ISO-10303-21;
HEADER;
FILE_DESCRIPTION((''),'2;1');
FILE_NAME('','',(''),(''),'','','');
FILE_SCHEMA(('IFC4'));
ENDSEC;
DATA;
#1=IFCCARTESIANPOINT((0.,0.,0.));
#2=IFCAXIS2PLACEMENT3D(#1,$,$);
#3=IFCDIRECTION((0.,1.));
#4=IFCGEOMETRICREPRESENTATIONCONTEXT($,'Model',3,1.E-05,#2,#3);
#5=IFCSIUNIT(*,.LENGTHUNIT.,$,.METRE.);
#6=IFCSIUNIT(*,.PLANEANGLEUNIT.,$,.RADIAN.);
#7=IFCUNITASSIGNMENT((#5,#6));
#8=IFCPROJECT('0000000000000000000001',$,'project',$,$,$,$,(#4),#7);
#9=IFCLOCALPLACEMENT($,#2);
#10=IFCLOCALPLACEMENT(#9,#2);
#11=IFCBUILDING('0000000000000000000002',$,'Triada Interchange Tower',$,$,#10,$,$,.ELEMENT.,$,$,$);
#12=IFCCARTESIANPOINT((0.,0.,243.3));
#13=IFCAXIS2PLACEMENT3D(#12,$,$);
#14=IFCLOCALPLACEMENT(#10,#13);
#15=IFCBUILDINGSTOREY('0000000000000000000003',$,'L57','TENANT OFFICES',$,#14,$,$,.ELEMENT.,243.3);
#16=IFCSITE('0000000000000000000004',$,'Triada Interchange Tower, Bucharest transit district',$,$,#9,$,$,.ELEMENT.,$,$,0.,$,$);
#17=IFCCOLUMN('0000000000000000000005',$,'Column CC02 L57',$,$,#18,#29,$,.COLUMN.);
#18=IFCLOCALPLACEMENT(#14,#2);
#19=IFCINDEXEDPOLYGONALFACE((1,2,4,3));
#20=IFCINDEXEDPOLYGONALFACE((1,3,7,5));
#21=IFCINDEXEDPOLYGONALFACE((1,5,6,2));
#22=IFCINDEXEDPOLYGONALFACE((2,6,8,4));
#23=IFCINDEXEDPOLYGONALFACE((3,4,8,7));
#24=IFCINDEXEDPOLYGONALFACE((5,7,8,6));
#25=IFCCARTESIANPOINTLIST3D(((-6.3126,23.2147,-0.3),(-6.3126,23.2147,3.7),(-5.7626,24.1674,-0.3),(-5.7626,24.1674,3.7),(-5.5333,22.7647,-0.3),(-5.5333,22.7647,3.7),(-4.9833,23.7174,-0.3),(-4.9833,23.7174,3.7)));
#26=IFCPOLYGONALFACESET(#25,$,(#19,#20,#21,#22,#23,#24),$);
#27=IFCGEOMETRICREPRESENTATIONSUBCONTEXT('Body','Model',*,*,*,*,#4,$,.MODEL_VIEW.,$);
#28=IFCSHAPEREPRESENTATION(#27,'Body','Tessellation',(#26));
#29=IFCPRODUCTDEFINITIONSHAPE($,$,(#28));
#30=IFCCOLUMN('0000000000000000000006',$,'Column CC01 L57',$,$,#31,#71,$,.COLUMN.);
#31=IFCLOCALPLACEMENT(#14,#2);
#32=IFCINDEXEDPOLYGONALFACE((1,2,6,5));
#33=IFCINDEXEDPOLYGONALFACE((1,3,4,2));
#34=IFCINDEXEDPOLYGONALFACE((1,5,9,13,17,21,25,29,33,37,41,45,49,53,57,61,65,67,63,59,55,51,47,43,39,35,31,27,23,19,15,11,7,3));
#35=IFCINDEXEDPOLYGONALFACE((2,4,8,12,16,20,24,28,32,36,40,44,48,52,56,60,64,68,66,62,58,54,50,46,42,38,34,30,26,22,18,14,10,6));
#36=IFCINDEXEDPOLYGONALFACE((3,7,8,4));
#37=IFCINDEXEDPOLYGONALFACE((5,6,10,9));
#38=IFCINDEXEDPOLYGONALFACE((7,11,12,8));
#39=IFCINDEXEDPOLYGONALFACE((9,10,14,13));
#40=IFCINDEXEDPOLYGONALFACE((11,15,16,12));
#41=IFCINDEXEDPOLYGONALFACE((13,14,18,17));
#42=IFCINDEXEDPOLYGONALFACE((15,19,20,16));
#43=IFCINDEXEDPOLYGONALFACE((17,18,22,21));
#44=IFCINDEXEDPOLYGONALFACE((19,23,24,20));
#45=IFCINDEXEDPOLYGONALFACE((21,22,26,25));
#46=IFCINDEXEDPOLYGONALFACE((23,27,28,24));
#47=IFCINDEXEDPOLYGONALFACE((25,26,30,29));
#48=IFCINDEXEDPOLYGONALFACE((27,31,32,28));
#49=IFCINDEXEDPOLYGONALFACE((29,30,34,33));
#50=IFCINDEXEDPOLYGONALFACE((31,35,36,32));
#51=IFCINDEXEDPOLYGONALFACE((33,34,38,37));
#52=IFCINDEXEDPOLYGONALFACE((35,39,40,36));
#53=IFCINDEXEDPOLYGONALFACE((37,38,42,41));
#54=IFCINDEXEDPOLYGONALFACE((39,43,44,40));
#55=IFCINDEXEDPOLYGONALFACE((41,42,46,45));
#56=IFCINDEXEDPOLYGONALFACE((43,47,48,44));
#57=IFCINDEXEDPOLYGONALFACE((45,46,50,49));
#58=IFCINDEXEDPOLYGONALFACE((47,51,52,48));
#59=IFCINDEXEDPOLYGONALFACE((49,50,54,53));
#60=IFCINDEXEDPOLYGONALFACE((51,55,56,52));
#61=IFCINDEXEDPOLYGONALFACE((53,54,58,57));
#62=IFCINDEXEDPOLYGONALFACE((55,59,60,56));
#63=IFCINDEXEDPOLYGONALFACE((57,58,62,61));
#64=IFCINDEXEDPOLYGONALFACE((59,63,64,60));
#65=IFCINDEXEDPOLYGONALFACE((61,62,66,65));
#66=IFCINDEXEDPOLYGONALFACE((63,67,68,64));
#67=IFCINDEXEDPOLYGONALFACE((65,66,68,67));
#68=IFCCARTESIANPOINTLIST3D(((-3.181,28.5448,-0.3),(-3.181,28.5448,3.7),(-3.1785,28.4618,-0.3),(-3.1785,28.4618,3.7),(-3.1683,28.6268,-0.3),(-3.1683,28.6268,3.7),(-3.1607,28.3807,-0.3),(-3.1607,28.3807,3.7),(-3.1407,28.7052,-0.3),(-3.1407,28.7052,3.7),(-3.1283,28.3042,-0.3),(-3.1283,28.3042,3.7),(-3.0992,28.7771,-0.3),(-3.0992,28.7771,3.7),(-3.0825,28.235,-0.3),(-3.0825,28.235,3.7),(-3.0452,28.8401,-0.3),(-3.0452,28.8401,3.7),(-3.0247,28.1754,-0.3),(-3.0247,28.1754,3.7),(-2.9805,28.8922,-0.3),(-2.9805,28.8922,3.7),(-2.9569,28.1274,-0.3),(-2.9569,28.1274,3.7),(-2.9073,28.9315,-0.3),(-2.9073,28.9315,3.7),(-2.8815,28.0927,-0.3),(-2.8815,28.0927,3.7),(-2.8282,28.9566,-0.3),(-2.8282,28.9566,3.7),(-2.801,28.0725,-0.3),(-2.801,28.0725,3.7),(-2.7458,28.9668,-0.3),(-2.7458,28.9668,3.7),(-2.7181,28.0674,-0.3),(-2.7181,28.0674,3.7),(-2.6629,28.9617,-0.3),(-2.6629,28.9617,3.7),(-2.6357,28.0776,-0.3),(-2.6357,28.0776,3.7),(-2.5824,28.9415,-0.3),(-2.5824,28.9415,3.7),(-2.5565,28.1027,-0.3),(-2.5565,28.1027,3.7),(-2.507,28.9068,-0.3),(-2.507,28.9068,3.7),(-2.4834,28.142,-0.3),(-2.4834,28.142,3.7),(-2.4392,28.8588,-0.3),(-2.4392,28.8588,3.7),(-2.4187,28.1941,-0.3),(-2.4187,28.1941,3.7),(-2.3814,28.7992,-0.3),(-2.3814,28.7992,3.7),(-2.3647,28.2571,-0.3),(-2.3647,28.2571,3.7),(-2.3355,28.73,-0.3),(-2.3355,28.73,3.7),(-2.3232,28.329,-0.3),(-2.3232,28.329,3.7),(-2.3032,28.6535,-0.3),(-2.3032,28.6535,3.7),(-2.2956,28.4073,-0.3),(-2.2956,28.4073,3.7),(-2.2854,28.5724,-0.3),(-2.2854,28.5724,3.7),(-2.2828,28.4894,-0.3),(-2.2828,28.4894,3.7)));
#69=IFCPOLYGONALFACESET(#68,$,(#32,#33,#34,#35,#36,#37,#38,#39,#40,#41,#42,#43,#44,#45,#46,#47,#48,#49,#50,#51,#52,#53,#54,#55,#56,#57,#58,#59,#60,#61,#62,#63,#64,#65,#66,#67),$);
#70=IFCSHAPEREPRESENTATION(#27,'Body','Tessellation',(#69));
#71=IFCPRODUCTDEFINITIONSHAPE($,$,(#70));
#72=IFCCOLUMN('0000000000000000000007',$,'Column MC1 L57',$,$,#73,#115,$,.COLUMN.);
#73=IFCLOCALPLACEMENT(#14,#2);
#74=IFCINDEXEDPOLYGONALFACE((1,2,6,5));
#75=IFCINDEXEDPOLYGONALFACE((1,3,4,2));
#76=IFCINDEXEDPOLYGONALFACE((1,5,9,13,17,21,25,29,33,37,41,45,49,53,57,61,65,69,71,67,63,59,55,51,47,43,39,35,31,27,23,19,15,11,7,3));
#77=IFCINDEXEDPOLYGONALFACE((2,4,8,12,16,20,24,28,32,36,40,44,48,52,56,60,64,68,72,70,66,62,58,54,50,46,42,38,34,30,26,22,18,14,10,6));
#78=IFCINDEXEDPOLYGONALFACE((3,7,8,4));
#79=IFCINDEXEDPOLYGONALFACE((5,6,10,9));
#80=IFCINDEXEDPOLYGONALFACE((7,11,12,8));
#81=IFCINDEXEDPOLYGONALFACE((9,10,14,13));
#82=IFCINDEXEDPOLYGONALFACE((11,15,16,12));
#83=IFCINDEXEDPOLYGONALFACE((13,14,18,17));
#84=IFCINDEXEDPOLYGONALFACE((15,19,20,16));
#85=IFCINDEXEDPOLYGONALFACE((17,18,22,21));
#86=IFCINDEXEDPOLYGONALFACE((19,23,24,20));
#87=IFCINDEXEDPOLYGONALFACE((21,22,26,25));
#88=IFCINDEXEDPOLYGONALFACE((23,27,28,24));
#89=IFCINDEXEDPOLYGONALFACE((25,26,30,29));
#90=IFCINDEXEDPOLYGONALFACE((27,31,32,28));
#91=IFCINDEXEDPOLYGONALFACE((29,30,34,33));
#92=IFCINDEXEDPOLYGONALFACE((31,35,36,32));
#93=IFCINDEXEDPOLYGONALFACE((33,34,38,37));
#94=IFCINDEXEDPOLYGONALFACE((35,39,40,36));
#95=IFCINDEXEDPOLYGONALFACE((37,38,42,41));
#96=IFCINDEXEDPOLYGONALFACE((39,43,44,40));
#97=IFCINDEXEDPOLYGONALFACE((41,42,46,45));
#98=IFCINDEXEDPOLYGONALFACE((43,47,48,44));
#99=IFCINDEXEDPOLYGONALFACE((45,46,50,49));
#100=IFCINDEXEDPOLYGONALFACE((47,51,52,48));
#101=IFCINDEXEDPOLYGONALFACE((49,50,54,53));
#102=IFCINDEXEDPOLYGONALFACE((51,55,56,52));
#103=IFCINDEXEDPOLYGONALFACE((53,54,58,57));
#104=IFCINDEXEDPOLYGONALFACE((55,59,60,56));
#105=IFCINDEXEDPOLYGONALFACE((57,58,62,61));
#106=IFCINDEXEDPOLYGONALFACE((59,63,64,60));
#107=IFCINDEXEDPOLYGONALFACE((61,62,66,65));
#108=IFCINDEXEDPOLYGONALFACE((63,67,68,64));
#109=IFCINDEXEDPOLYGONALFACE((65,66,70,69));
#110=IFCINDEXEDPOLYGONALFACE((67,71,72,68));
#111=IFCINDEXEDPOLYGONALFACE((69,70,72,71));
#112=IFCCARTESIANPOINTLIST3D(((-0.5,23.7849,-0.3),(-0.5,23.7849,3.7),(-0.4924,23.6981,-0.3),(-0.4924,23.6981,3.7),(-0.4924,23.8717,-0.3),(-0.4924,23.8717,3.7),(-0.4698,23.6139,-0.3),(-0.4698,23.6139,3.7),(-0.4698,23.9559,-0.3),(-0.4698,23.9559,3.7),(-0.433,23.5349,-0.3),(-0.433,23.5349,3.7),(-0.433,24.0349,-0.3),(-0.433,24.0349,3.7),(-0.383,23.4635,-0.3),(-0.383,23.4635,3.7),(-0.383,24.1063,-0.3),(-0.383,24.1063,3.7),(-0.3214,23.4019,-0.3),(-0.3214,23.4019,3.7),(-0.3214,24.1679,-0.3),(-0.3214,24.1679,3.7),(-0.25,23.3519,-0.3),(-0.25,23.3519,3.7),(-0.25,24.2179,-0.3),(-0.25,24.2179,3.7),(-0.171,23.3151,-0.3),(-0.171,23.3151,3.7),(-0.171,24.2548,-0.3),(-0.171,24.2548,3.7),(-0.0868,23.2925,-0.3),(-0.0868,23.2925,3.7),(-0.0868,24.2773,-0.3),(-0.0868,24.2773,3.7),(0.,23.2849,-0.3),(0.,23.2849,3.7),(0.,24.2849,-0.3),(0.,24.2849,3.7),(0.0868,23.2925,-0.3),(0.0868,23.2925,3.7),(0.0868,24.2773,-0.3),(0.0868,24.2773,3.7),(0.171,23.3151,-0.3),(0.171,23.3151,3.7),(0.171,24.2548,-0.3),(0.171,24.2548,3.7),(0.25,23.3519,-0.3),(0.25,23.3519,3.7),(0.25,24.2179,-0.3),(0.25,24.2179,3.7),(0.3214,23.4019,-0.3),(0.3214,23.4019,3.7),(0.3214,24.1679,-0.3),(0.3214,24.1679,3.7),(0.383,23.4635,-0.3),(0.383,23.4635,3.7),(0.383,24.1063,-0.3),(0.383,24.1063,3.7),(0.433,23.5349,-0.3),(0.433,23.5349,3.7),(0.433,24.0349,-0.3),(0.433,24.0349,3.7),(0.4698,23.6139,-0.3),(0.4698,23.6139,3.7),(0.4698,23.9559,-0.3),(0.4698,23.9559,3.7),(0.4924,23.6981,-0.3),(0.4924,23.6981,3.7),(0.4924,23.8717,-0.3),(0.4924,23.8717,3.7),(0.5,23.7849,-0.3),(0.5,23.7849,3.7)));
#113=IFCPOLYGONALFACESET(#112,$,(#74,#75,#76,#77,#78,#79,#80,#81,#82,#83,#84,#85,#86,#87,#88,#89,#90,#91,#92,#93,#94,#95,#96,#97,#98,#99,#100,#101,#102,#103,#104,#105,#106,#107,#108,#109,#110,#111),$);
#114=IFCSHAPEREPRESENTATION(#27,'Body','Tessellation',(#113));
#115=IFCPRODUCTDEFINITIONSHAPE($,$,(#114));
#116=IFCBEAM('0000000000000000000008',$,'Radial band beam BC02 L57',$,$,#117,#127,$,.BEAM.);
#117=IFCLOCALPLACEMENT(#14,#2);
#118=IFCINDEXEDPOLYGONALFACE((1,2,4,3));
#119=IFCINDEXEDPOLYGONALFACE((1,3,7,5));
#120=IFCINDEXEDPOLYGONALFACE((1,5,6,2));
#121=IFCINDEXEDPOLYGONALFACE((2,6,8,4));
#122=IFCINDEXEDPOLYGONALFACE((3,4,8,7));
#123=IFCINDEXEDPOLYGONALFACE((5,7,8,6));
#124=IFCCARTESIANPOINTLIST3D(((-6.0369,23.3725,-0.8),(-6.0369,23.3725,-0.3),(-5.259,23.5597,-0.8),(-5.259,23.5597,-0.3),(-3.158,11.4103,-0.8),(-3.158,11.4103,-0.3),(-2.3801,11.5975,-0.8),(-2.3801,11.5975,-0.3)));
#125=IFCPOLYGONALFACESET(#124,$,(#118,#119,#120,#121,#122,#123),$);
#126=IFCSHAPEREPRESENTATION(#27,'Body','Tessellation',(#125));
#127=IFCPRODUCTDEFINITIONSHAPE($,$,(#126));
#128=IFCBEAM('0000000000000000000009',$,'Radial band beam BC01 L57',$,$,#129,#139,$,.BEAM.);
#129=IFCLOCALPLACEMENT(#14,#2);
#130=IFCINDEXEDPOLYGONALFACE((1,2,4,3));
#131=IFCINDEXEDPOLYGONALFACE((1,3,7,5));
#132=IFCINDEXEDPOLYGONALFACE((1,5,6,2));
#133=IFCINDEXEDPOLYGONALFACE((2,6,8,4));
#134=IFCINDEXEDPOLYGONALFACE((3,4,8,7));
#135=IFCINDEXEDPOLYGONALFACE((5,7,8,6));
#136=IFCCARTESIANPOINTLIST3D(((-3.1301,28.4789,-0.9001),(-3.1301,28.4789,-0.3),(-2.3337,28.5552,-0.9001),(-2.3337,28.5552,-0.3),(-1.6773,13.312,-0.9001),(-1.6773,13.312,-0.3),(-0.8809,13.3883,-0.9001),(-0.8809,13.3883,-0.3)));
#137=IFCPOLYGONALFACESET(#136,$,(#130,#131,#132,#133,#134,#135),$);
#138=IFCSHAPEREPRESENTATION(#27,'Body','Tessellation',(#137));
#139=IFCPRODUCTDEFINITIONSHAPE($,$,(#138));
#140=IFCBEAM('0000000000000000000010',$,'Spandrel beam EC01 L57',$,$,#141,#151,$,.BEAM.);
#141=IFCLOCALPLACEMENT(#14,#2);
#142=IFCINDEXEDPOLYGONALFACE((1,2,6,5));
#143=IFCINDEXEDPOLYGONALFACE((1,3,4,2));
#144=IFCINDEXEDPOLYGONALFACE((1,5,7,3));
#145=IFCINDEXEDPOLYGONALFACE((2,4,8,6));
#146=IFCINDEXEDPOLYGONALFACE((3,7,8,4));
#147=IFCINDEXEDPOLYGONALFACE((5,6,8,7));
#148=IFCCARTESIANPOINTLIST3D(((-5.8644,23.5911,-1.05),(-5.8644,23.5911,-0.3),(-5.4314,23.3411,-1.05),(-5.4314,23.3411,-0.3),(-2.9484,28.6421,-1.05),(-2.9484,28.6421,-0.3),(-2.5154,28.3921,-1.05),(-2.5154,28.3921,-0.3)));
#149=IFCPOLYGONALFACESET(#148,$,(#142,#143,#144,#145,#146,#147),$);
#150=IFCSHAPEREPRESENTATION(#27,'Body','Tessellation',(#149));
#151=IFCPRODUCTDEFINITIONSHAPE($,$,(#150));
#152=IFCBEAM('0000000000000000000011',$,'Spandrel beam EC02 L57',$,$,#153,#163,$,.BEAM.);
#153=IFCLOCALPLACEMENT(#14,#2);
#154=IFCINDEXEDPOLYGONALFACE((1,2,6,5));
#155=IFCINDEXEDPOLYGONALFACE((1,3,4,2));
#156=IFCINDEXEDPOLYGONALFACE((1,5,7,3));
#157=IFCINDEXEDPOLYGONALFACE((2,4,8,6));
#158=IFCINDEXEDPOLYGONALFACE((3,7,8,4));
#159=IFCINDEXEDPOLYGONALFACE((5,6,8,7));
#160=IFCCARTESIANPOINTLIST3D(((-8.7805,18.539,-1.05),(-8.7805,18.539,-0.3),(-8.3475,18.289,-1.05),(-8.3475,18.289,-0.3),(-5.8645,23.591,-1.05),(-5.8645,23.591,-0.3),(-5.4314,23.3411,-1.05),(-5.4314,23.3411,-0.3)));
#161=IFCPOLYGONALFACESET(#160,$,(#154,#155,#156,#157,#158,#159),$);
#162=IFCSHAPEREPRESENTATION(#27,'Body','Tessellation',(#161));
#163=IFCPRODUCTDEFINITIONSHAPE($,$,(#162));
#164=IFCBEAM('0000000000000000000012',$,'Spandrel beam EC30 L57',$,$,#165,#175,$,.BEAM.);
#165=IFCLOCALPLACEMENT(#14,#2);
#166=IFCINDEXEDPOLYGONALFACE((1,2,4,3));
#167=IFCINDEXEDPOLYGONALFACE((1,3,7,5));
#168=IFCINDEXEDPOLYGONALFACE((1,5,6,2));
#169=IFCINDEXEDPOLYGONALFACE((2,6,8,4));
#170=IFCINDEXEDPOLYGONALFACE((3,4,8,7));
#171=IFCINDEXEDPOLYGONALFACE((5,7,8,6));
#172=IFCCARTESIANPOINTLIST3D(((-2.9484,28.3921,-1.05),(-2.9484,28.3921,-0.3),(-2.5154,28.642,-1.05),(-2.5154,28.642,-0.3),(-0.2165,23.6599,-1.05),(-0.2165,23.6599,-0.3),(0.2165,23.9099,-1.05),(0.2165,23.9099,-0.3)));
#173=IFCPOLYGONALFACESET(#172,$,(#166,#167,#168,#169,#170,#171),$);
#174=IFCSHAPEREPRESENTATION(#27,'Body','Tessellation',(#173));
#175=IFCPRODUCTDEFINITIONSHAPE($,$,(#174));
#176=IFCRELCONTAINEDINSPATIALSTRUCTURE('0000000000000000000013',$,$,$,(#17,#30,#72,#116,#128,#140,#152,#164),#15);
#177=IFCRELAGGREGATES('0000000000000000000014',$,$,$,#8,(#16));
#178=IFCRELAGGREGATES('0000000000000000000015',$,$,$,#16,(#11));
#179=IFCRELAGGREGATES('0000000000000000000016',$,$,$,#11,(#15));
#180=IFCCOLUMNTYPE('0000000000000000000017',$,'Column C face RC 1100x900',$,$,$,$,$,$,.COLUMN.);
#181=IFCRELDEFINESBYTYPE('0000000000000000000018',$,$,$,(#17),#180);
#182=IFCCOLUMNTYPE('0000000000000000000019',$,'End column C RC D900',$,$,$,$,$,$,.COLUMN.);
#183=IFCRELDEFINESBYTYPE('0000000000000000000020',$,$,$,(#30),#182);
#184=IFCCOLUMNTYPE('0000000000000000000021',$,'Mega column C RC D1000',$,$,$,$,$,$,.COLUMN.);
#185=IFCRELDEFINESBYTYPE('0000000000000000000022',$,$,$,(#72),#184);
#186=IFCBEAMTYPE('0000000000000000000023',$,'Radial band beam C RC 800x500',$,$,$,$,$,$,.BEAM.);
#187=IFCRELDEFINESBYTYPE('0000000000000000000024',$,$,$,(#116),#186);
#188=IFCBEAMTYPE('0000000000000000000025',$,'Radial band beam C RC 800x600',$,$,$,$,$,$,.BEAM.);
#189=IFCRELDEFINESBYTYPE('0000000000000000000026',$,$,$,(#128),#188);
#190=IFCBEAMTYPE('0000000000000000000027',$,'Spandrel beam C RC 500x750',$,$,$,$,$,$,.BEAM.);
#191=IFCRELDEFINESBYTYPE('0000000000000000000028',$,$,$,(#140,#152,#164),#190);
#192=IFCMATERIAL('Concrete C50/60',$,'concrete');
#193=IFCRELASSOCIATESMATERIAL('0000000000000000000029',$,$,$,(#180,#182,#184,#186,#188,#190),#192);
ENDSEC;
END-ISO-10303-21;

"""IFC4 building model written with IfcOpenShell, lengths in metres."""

from ifc_helpers import new_model, si_unit, direction, frame, origin, origin_2d, place, context, subcontext, project, spatial, rectangle, circle, extrude, material, material_profile, profile_set, type_object, element, save


model = new_model("IFC4")

# Units and contexts
model_context = context("Model", 3, precision=1e-05, world=origin(), true_north=direction((0.0, 1.0)))
body_context = subcontext(model_context, "Body", "Model", "MODEL_VIEW")
ifc_project = project(units=[si_unit("LENGTHUNIT", "METRE"), si_unit("PLANEANGLEUNIT", "RADIAN")], contexts=[model_context])

# Site, building, storey
site_placement = place(None, origin())
site = spatial("IfcSite", under=ifc_project, at=site_placement, Name="Triada Interchange Tower, Bucharest transit district", CompositionType="ELEMENT", RefElevation=0.0)
building_placement = place(site_placement, origin())
building = spatial("IfcBuilding", under=site, at=building_placement, Name="Triada Interchange Tower", CompositionType="ELEMENT")
storey_placement = place(building_placement, frame((0.0, 0.0, 243.3)))
storey = spatial("IfcBuildingStorey", under=building, at=storey_placement, Name="L57", Description="TENANT OFFICES", CompositionType="ELEMENT", Elevation=243.3)

# Columns
ifc_material_1 = material(Name="Concrete C50/60", Category="concrete")
ifc_material_profile_1 = material_profile(ifc_material_1, rectangle(XDim=1.1001, YDim=0.8999, at=origin_2d()), Name="RC 1100x900")
ifc_profile_set_1 = profile_set([ifc_material_profile_1], Name="Concrete C50/60")
column_type_1 = type_object("IfcColumnType", Name="Column C face RC 1100x900", PredefinedType="COLUMN", material=ifc_profile_set_1)
column_1_placement = place(storey_placement, frame((-5.6479, 23.4661, -0.3), z_axis=(0.0, 0.0, 1.0), x_axis=(0.5, 0.866025, 0.0)))
element("IfcColumn", 1, at=column_1_placement, inside=storey, type_object=column_type_1, Name="Column CC02 L57", PredefinedType="COLUMN", context=body_context, shape_type="SweptSolid", body=[
    extrude(rectangle(XDim=1.1001, YDim=0.8999, at=origin_2d()), origin(), (0.0, 0.0, 1.0), 4.0),
])
ifc_material_profile_2 = material_profile(ifc_material_1, circle(Radius=0.45, at=origin_2d()), Name="RC D900")
ifc_profile_set_2 = profile_set([ifc_material_profile_2], Name="Concrete C50/60")
column_type_2 = type_object("IfcColumnType", Name="End column C RC D900", PredefinedType="COLUMN", material=ifc_profile_set_2)
column_2_placement = place(storey_placement, frame((-2.7319, 28.5171, -0.3), z_axis=(0.0, 0.0, 1.0), x_axis=(0.5, 0.866025, 0.0)))
element("IfcColumn", 2, at=column_2_placement, inside=storey, type_object=column_type_2, Name="Column CC01 L57", PredefinedType="COLUMN", context=body_context, shape_type="SweptSolid", body=[
    extrude(circle(Radius=0.45, at=origin_2d()), origin(), (0.0, 0.0, 1.0), 4.0),
])
ifc_material_profile_3 = material_profile(ifc_material_1, circle(Radius=0.5, at=origin_2d()), Name="RC D1000")
ifc_profile_set_3 = profile_set([ifc_material_profile_3], Name="Concrete C50/60")
column_type_3 = type_object("IfcColumnType", Name="Mega column C RC D1000", PredefinedType="COLUMN", material=ifc_profile_set_3)
column_3_placement = place(storey_placement, frame((0.0, 23.7849, -0.3), z_axis=(0.0, 0.0, 1.0), x_axis=(1.0, 0.0, 0.0)))
element("IfcColumn", 3, at=column_3_placement, inside=storey, type_object=column_type_3, Name="Column MC1 L57", PredefinedType="COLUMN", context=body_context, shape_type="SweptSolid", body=[
    extrude(circle(Radius=0.5, at=origin_2d()), origin(), (0.0, 0.0, 1.0), 4.0),
])

# Beams
ifc_material_profile_4 = material_profile(ifc_material_1, rectangle(XDim=0.8, YDim=0.5, at=origin_2d()), Name="RC 800x500")
ifc_profile_set_4 = profile_set([ifc_material_profile_4], Name="Concrete C50/60")
beam_type_1 = type_object("IfcBeamType", Name="Radial band beam C RC 800x500", PredefinedType="BEAM", material=ifc_profile_set_4)
beam_1_placement = place(storey_placement, frame((-5.6479, 23.4661, -0.55), z_axis=(0.233987, -0.97224, 0.0), x_axis=(0.97224, 0.233987, 0.0)))
element("IfcBeam", 4, at=beam_1_placement, inside=storey, type_object=beam_type_1, Name="Radial band beam BC02 L57", PredefinedType="BEAM", context=body_context, shape_type="SweptSolid", body=[
    extrude(rectangle(XDim=0.8, YDim=0.5, at=origin_2d()), origin(), (0.0, 0.0, 1.0), 12.3037),
])
ifc_material_profile_5 = material_profile(ifc_material_1, rectangle(XDim=0.8, YDim=0.6001, at=origin_2d()), Name="RC 800x600")
ifc_profile_set_5 = profile_set([ifc_material_profile_5], Name="Concrete C50/60")
beam_type_2 = type_object("IfcBeamType", Name="Radial band beam C RC 800x600", PredefinedType="BEAM", material=ifc_profile_set_5)
beam_2_placement = place(storey_placement, frame((-2.7319, 28.5171, -0.6001), z_axis=(0.095356, -0.995443, 0.0), x_axis=(0.995443, 0.095356, 0.0)))
element("IfcBeam", 5, at=beam_2_placement, inside=storey, type_object=beam_type_2, Name="Radial band beam BC01 L57", PredefinedType="BEAM", context=body_context, shape_type="SweptSolid", body=[
    extrude(rectangle(XDim=0.8, YDim=0.6001, at=origin_2d()), origin(), (0.0, 0.0, 1.0), 15.2363),
])
ifc_material_profile_6 = material_profile(ifc_material_1, rectangle(XDim=0.5, YDim=0.75, at=origin_2d()), Name="RC 500x750")
ifc_profile_set_6 = profile_set([ifc_material_profile_6], Name="Concrete C50/60")
beam_type_3 = type_object("IfcBeamType", Name="Spandrel beam C RC 500x750", PredefinedType="BEAM", material=ifc_profile_set_6)
beam_3_placement = place(storey_placement, frame((-2.7319, 28.5171, -0.675), z_axis=(-0.499975, -0.86604, 0.0), x_axis=(0.86604, -0.499975, 0.0)))
element("IfcBeam", 6, at=beam_3_placement, inside=storey, type_object=beam_type_3, Name="Spandrel beam EC01 L57", PredefinedType="BEAM", context=body_context, shape_type="SweptSolid", body=[
    extrude(rectangle(XDim=0.5, YDim=0.75, at=origin_2d()), origin(), (0.0, 0.0, 1.0), 5.8323),
])
beam_4_placement = place(storey_placement, frame((-5.6479, 23.4661, -0.675), z_axis=(-0.499902, -0.866082, 0.0), x_axis=(0.866082, -0.499902, 0.0)))
element("IfcBeam", 7, at=beam_4_placement, inside=storey, type_object=beam_type_3, Name="Spandrel beam EC02 L57", PredefinedType="BEAM", context=body_context, shape_type="SweptSolid", body=[
    extrude(rectangle(XDim=0.5, YDim=0.75, at=origin_2d()), origin(), (0.0, 0.0, 1.0), 5.8333),
])
beam_5_placement = place(storey_placement, frame((0.0, 23.7849, -0.675), z_axis=(-0.499974, 0.86604, 0.0), x_axis=(-0.86604, -0.499974, 0.0)))
element("IfcBeam", 8, at=beam_5_placement, inside=storey, type_object=beam_type_3, Name="Spandrel beam EC30 L57", PredefinedType="BEAM", context=body_context, shape_type="SweptSolid", body=[
    extrude(rectangle(XDim=0.5, YDim=0.75, at=origin_2d()), origin(), (0.0, 0.0, 1.0), 5.4641),
])

save(model, "model.ifc")
